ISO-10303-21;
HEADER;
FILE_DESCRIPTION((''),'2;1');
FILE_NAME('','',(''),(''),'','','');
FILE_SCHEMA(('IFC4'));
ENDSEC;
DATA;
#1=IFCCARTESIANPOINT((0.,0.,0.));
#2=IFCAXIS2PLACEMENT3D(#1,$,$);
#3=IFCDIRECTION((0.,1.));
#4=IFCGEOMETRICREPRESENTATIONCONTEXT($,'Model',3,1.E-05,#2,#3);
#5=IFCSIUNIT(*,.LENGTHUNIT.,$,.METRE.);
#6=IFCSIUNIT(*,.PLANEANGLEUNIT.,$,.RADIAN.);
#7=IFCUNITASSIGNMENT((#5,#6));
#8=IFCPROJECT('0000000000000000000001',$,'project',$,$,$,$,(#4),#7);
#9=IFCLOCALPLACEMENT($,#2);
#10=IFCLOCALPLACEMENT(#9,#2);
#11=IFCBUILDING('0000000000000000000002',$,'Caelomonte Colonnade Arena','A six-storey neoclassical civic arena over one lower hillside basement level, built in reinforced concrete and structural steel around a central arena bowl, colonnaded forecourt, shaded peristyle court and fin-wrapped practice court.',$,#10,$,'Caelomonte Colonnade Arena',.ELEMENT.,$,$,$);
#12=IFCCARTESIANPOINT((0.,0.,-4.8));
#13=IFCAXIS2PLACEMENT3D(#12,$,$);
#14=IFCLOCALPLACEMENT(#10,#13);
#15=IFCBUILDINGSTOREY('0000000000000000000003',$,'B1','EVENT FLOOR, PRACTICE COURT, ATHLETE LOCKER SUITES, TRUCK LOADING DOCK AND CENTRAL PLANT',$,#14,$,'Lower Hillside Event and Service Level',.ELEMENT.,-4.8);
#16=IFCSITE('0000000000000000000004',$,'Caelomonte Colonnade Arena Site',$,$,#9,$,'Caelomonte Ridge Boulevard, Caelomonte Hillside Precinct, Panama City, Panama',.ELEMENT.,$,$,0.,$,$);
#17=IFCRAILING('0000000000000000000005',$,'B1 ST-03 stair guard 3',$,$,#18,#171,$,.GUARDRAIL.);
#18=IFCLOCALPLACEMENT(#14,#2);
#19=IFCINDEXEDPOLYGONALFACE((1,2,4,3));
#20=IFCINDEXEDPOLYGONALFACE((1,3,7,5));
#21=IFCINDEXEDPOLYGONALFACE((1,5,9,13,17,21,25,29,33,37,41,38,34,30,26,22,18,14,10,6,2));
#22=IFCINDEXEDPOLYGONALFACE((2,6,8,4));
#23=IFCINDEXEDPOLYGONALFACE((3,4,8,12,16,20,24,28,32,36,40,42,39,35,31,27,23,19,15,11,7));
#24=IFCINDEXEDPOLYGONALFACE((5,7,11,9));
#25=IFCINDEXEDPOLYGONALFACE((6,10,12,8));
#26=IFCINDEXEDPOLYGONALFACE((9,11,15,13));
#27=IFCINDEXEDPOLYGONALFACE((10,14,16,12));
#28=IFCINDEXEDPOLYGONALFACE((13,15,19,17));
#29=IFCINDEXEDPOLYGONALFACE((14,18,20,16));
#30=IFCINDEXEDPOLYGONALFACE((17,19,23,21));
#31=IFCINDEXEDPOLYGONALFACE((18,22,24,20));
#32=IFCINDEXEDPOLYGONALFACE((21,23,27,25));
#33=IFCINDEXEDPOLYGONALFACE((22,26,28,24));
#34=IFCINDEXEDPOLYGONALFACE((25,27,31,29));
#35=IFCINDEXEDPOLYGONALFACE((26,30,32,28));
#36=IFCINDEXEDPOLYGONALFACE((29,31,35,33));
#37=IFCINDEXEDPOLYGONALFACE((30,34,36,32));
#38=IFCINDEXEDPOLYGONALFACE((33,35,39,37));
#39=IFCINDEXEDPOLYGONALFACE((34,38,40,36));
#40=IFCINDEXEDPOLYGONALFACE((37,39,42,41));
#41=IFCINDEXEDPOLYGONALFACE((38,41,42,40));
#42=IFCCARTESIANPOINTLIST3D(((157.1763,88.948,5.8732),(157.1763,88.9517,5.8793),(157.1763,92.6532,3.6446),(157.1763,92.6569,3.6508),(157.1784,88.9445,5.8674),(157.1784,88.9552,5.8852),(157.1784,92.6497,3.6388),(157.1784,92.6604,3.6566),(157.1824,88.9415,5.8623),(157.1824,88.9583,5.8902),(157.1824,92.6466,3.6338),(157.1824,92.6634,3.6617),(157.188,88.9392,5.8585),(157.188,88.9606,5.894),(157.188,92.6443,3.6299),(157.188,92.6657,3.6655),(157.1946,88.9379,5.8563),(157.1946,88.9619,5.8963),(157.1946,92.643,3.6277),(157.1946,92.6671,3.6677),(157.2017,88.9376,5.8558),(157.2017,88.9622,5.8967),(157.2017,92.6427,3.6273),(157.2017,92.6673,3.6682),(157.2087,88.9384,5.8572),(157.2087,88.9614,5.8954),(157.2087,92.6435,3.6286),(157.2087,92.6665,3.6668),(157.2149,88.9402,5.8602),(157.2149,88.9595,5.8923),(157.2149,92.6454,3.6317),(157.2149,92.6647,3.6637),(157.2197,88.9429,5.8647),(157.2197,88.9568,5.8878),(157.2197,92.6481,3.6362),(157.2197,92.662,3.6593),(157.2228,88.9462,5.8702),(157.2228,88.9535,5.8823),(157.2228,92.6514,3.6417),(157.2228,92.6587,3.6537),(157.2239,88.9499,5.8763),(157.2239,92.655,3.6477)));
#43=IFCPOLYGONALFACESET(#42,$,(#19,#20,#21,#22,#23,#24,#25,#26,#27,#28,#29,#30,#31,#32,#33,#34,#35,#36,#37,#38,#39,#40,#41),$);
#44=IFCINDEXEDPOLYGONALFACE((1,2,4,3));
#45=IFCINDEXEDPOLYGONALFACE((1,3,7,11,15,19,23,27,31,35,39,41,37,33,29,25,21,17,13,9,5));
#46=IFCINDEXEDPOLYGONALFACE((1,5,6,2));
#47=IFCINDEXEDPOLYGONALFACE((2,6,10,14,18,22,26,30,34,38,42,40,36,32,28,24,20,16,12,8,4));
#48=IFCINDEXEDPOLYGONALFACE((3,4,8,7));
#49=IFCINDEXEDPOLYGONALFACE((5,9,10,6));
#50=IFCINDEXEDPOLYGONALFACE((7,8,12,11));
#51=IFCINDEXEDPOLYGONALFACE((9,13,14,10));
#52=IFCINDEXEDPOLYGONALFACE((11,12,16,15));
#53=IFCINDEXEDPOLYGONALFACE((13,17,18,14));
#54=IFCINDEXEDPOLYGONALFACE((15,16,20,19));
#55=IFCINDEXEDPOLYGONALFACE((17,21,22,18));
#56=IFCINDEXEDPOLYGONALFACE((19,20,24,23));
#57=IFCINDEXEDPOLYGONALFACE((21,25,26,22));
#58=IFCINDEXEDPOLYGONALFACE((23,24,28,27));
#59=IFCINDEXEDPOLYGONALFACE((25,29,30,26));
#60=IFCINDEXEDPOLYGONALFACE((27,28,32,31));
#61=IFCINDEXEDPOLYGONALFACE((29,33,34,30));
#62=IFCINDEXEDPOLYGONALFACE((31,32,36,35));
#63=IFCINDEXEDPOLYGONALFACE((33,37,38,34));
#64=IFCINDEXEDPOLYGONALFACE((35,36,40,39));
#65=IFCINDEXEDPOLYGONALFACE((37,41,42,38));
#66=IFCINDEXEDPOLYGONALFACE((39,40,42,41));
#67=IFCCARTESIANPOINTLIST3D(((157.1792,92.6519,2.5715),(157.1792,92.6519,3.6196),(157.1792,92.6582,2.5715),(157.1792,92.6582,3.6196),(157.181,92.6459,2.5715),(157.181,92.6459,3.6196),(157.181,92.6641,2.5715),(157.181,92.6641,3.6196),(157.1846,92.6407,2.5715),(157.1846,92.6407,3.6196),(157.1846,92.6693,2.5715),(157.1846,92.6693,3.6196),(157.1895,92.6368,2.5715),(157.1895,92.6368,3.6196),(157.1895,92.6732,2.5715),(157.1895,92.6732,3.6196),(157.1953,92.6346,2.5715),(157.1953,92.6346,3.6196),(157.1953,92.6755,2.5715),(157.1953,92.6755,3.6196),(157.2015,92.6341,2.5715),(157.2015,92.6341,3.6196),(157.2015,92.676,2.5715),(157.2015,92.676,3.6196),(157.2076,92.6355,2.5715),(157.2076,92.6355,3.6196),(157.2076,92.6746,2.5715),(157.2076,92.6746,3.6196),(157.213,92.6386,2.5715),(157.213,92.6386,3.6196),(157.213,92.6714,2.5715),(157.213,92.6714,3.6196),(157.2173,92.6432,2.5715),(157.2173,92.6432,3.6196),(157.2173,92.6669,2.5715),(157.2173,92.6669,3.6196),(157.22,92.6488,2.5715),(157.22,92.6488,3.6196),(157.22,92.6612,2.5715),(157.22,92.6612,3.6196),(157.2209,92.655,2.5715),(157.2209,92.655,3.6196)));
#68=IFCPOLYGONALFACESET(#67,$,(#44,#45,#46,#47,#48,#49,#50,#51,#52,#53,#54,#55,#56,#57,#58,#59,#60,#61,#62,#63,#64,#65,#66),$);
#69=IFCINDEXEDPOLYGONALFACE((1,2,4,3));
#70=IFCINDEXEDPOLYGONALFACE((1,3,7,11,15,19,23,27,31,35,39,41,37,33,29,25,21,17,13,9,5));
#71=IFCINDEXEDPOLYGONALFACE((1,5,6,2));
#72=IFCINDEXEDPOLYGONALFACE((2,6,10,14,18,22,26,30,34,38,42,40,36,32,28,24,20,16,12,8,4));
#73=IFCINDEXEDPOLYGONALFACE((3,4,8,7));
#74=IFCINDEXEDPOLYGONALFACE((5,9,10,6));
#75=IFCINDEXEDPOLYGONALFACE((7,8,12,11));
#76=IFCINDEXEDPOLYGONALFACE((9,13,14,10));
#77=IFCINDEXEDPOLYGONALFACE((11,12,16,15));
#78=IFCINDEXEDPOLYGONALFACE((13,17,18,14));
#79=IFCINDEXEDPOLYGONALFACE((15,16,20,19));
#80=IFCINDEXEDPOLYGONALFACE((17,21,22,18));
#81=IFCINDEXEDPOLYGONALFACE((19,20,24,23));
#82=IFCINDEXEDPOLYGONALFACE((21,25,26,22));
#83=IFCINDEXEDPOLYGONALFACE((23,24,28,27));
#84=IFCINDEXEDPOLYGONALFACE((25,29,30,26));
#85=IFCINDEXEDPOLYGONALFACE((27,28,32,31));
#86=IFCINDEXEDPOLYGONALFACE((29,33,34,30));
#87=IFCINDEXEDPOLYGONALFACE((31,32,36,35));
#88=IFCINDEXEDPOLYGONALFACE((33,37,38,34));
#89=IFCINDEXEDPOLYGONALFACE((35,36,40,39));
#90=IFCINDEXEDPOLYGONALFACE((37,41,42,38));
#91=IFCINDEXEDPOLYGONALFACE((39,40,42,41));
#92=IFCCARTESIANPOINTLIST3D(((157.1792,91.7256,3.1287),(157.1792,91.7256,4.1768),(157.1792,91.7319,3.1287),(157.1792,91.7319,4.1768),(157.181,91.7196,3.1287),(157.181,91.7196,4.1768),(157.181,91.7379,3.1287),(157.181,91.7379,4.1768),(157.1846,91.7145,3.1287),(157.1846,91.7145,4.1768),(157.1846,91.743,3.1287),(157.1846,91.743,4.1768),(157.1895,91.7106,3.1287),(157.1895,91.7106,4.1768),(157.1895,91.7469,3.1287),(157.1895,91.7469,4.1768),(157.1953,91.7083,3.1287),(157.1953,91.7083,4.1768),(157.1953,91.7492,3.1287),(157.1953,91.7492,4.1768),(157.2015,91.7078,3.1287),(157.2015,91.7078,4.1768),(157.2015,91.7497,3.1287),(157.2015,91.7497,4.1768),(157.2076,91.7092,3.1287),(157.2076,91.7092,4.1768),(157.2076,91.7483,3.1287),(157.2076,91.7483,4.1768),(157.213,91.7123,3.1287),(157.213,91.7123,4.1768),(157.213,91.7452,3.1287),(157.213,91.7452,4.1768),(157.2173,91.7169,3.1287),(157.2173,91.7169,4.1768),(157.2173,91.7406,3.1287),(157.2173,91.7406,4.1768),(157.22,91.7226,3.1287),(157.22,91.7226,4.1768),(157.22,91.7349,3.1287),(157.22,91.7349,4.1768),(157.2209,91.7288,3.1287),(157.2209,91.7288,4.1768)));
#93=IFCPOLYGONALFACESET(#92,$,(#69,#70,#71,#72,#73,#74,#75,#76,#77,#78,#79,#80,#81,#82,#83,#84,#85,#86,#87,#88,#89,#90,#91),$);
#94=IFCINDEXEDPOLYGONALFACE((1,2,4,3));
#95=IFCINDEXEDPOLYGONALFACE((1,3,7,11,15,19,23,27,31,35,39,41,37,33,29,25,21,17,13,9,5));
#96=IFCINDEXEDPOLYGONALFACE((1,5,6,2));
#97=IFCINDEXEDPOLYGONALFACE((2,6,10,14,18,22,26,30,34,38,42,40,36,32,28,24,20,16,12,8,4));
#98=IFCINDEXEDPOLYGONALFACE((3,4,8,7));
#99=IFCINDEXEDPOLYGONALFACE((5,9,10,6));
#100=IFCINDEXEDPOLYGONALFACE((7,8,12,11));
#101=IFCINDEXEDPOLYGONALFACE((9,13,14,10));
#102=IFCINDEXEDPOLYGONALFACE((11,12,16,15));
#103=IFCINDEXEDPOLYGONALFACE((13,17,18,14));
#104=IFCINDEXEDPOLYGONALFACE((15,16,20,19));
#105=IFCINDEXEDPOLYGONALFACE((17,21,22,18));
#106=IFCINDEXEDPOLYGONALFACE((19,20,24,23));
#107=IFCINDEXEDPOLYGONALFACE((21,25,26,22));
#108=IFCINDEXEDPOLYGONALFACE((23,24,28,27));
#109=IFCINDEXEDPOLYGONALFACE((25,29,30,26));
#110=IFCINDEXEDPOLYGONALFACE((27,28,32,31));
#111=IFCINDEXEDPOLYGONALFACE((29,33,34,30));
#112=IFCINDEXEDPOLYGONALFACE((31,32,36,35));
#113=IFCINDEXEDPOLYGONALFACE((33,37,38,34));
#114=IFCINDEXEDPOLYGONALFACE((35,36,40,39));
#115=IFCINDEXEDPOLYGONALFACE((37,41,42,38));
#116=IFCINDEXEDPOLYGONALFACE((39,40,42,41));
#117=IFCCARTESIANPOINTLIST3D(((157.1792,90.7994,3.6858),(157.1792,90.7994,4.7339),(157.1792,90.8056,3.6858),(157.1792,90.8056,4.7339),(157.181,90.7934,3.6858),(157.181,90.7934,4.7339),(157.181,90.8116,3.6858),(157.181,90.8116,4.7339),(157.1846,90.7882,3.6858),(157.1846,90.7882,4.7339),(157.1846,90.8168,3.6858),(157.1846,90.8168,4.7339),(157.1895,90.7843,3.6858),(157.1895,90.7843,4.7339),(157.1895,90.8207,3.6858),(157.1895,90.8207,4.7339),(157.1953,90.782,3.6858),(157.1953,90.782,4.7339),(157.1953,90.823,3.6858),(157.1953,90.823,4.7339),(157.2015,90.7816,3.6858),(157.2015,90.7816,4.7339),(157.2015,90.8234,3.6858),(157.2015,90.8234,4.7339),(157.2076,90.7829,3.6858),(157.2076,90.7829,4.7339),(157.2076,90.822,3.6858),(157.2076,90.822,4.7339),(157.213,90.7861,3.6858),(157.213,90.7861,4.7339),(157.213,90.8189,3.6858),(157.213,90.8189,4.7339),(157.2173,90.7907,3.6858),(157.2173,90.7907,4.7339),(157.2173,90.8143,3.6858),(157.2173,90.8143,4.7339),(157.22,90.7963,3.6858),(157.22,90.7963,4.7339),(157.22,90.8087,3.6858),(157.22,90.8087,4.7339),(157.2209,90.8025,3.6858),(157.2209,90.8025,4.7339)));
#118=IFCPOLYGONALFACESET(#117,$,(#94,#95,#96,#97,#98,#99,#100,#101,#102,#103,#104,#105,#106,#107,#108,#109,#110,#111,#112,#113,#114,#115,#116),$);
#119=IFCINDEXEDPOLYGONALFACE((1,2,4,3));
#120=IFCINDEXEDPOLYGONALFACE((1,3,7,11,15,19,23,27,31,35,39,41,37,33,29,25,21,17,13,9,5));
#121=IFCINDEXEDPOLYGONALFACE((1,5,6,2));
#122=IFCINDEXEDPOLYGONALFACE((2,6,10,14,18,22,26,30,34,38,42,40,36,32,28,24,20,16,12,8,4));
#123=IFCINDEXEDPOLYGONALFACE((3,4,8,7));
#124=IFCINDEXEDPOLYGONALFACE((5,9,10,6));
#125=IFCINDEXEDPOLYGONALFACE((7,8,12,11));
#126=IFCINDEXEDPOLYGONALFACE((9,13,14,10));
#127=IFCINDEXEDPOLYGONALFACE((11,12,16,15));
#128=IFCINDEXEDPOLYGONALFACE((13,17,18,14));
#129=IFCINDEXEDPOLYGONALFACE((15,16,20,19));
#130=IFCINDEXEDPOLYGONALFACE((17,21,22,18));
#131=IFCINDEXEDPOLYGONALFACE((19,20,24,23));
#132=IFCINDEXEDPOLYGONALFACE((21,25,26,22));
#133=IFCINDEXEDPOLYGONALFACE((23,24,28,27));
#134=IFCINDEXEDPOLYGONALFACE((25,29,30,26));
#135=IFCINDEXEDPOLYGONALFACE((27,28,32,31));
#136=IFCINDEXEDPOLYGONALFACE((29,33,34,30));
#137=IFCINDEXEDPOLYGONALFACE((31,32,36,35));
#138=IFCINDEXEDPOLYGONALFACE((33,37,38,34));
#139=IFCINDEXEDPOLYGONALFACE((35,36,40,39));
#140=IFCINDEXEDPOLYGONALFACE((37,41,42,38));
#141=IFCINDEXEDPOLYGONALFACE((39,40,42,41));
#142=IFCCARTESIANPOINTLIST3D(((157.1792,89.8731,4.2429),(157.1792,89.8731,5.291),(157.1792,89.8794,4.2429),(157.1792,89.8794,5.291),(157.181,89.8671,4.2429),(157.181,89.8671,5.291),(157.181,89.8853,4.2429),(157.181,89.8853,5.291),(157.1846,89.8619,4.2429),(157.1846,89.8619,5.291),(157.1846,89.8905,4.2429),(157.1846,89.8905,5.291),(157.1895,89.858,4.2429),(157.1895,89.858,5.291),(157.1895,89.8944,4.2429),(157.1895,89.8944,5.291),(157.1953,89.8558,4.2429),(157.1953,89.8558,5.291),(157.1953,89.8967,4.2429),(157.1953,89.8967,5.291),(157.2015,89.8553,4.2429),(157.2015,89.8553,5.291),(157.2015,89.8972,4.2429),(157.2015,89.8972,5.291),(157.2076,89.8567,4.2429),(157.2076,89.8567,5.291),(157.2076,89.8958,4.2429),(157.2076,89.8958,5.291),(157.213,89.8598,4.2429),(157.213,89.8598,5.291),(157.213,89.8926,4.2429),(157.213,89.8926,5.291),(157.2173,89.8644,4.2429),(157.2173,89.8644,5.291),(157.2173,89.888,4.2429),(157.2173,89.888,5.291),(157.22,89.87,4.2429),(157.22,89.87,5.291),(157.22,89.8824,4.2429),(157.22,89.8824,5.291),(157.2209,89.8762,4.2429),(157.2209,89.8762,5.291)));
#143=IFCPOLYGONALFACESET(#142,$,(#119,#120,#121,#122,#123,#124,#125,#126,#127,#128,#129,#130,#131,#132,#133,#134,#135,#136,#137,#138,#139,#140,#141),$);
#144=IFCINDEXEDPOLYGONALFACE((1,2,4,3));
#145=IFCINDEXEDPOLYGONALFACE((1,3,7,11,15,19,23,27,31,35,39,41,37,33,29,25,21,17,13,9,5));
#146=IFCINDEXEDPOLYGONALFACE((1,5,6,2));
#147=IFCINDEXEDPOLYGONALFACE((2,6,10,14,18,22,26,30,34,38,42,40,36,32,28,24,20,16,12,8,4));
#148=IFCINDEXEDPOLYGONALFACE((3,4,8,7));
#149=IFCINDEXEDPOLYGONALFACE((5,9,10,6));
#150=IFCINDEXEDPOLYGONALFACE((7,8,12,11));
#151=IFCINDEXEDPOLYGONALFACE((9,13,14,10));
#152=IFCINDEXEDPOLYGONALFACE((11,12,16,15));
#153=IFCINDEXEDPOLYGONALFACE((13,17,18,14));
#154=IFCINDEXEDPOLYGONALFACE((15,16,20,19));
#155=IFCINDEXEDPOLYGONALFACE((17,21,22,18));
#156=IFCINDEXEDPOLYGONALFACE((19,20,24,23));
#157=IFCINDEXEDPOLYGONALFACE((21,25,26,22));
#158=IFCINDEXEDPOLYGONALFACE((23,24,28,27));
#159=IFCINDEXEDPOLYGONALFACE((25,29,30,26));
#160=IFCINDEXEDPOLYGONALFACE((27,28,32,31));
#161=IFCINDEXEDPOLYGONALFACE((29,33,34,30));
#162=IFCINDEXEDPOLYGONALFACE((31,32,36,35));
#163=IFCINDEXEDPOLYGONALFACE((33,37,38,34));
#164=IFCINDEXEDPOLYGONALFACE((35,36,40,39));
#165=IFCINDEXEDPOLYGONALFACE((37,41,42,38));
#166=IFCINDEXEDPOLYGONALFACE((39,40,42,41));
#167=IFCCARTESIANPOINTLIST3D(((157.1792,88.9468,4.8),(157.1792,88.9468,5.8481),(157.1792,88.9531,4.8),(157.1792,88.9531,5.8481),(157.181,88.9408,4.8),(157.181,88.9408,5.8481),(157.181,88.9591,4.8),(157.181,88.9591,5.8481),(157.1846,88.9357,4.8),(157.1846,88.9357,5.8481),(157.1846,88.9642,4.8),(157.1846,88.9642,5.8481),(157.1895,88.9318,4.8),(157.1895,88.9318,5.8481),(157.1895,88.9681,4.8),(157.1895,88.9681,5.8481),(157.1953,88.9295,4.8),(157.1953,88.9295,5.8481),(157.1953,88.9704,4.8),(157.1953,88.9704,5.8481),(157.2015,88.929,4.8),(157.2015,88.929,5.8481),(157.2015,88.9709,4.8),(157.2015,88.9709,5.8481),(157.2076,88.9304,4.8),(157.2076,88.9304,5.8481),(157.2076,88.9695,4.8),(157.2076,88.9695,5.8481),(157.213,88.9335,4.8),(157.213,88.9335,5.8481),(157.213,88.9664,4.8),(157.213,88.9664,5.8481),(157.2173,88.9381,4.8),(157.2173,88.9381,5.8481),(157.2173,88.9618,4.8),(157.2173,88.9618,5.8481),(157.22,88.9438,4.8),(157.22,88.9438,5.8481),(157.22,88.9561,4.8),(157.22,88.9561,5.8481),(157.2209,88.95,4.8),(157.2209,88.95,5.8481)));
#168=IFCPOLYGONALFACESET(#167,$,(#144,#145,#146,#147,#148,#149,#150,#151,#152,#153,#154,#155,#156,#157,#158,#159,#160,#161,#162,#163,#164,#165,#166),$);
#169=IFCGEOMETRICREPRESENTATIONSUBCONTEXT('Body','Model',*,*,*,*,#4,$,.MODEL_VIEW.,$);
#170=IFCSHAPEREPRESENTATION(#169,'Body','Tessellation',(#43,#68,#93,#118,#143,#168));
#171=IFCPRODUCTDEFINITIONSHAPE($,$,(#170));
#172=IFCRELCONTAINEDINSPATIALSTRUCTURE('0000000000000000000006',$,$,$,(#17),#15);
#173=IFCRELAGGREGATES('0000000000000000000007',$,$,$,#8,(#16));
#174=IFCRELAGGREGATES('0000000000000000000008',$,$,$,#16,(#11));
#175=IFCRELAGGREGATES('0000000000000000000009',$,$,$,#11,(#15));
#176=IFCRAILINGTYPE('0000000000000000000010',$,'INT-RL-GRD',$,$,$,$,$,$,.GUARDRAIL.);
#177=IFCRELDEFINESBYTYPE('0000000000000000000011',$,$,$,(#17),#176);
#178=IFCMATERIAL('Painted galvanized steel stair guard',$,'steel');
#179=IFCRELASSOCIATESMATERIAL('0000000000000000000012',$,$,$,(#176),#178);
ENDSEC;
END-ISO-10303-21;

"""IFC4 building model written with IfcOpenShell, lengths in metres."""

from ifc_helpers import new_model, si_unit, direction, frame, origin, origin_2d, place, context, subcontext, project, spatial, circle, extrude, material, type_object, element, save


model = new_model("IFC4")

# Units and contexts
model_context = context("Model", 3, precision=1e-05, world=origin(), true_north=direction((0.0, 1.0)))
body_context = subcontext(model_context, "Body", "Model", "MODEL_VIEW")
ifc_project = project(units=[si_unit("LENGTHUNIT", "METRE"), si_unit("PLANEANGLEUNIT", "RADIAN")], contexts=[model_context])

# Site, building, storey
site_placement = place(None, origin())
site = spatial("IfcSite", under=ifc_project, at=site_placement, Name="Caelomonte Colonnade Arena Site", LongName="Caelomonte Ridge Boulevard, Caelomonte Hillside Precinct, Panama City, Panama", CompositionType="ELEMENT", RefElevation=0.0)
building_placement = place(site_placement, origin())
building = spatial("IfcBuilding", under=site, at=building_placement, Name="Caelomonte Colonnade Arena", Description="A six-storey neoclassical civic arena over one lower hillside basement level, built in reinforced concrete and structural steel around a central arena bowl, colonnaded forecourt, shaded peristyle court and fin-wrapped practice court.", LongName="Caelomonte Colonnade Arena", CompositionType="ELEMENT")
storey_placement = place(building_placement, frame((0.0, 0.0, -4.8)))
storey = spatial("IfcBuildingStorey", under=building, at=storey_placement, Name="B1", Description="EVENT FLOOR, PRACTICE COURT, ATHLETE LOCKER SUITES, TRUCK LOADING DOCK AND CENTRAL PLANT", LongName="Lower Hillside Event and Service Level", CompositionType="ELEMENT", Elevation=-4.8)

# Railing
ifc_material_1 = material(Name="Painted galvanized steel stair guard", Category="steel")
railing_type_1 = type_object("IfcRailingType", Name="INT-RL-GRD", PredefinedType="GUARDRAIL", material=ifc_material_1)
railing_1_placement = place(storey_placement, frame((157.2, 92.655, 2.5715)))
element("IfcRailing", 1, at=railing_1_placement, inside=storey, type_object=railing_type_1, Name="B1 ST-03 stair guard 3", PredefinedType="GUARDRAIL", context=body_context, shape_type="SweptSolid", body=[
    extrude(circle(Radius=0.0239, at=origin_2d()), frame((0.0, 0.0, 1.0762), z_axis=(0.0, -0.856934, 0.515425), x_axis=(1.0, 0.0, 0.0)), (0.0, 0.0, 1.0), 4.3237),
    extrude(circle(Radius=0.021, at=origin_2d()), origin(), (0.0, 0.0, 1.0), 1.0481),
    extrude(circle(Radius=0.021, at=origin_2d()), frame((0.0, -0.9263, 0.5571)), (0.0, 0.0, 1.0), 1.0481),
    extrude(circle(Radius=0.021, at=origin_2d()), frame((0.0, -1.8525, 1.1143)), (0.0, 0.0, 1.0), 1.0481),
    extrude(circle(Radius=0.021, at=origin_2d()), frame((0.0, -2.7788, 1.6714)), (0.0, 0.0, 1.0), 1.0481),
    extrude(circle(Radius=0.021, at=origin_2d()), frame((0.0, -3.7051, 2.2285)), (0.0, 0.0, 1.0), 1.0481),
])

save(model, "model.ifc")
